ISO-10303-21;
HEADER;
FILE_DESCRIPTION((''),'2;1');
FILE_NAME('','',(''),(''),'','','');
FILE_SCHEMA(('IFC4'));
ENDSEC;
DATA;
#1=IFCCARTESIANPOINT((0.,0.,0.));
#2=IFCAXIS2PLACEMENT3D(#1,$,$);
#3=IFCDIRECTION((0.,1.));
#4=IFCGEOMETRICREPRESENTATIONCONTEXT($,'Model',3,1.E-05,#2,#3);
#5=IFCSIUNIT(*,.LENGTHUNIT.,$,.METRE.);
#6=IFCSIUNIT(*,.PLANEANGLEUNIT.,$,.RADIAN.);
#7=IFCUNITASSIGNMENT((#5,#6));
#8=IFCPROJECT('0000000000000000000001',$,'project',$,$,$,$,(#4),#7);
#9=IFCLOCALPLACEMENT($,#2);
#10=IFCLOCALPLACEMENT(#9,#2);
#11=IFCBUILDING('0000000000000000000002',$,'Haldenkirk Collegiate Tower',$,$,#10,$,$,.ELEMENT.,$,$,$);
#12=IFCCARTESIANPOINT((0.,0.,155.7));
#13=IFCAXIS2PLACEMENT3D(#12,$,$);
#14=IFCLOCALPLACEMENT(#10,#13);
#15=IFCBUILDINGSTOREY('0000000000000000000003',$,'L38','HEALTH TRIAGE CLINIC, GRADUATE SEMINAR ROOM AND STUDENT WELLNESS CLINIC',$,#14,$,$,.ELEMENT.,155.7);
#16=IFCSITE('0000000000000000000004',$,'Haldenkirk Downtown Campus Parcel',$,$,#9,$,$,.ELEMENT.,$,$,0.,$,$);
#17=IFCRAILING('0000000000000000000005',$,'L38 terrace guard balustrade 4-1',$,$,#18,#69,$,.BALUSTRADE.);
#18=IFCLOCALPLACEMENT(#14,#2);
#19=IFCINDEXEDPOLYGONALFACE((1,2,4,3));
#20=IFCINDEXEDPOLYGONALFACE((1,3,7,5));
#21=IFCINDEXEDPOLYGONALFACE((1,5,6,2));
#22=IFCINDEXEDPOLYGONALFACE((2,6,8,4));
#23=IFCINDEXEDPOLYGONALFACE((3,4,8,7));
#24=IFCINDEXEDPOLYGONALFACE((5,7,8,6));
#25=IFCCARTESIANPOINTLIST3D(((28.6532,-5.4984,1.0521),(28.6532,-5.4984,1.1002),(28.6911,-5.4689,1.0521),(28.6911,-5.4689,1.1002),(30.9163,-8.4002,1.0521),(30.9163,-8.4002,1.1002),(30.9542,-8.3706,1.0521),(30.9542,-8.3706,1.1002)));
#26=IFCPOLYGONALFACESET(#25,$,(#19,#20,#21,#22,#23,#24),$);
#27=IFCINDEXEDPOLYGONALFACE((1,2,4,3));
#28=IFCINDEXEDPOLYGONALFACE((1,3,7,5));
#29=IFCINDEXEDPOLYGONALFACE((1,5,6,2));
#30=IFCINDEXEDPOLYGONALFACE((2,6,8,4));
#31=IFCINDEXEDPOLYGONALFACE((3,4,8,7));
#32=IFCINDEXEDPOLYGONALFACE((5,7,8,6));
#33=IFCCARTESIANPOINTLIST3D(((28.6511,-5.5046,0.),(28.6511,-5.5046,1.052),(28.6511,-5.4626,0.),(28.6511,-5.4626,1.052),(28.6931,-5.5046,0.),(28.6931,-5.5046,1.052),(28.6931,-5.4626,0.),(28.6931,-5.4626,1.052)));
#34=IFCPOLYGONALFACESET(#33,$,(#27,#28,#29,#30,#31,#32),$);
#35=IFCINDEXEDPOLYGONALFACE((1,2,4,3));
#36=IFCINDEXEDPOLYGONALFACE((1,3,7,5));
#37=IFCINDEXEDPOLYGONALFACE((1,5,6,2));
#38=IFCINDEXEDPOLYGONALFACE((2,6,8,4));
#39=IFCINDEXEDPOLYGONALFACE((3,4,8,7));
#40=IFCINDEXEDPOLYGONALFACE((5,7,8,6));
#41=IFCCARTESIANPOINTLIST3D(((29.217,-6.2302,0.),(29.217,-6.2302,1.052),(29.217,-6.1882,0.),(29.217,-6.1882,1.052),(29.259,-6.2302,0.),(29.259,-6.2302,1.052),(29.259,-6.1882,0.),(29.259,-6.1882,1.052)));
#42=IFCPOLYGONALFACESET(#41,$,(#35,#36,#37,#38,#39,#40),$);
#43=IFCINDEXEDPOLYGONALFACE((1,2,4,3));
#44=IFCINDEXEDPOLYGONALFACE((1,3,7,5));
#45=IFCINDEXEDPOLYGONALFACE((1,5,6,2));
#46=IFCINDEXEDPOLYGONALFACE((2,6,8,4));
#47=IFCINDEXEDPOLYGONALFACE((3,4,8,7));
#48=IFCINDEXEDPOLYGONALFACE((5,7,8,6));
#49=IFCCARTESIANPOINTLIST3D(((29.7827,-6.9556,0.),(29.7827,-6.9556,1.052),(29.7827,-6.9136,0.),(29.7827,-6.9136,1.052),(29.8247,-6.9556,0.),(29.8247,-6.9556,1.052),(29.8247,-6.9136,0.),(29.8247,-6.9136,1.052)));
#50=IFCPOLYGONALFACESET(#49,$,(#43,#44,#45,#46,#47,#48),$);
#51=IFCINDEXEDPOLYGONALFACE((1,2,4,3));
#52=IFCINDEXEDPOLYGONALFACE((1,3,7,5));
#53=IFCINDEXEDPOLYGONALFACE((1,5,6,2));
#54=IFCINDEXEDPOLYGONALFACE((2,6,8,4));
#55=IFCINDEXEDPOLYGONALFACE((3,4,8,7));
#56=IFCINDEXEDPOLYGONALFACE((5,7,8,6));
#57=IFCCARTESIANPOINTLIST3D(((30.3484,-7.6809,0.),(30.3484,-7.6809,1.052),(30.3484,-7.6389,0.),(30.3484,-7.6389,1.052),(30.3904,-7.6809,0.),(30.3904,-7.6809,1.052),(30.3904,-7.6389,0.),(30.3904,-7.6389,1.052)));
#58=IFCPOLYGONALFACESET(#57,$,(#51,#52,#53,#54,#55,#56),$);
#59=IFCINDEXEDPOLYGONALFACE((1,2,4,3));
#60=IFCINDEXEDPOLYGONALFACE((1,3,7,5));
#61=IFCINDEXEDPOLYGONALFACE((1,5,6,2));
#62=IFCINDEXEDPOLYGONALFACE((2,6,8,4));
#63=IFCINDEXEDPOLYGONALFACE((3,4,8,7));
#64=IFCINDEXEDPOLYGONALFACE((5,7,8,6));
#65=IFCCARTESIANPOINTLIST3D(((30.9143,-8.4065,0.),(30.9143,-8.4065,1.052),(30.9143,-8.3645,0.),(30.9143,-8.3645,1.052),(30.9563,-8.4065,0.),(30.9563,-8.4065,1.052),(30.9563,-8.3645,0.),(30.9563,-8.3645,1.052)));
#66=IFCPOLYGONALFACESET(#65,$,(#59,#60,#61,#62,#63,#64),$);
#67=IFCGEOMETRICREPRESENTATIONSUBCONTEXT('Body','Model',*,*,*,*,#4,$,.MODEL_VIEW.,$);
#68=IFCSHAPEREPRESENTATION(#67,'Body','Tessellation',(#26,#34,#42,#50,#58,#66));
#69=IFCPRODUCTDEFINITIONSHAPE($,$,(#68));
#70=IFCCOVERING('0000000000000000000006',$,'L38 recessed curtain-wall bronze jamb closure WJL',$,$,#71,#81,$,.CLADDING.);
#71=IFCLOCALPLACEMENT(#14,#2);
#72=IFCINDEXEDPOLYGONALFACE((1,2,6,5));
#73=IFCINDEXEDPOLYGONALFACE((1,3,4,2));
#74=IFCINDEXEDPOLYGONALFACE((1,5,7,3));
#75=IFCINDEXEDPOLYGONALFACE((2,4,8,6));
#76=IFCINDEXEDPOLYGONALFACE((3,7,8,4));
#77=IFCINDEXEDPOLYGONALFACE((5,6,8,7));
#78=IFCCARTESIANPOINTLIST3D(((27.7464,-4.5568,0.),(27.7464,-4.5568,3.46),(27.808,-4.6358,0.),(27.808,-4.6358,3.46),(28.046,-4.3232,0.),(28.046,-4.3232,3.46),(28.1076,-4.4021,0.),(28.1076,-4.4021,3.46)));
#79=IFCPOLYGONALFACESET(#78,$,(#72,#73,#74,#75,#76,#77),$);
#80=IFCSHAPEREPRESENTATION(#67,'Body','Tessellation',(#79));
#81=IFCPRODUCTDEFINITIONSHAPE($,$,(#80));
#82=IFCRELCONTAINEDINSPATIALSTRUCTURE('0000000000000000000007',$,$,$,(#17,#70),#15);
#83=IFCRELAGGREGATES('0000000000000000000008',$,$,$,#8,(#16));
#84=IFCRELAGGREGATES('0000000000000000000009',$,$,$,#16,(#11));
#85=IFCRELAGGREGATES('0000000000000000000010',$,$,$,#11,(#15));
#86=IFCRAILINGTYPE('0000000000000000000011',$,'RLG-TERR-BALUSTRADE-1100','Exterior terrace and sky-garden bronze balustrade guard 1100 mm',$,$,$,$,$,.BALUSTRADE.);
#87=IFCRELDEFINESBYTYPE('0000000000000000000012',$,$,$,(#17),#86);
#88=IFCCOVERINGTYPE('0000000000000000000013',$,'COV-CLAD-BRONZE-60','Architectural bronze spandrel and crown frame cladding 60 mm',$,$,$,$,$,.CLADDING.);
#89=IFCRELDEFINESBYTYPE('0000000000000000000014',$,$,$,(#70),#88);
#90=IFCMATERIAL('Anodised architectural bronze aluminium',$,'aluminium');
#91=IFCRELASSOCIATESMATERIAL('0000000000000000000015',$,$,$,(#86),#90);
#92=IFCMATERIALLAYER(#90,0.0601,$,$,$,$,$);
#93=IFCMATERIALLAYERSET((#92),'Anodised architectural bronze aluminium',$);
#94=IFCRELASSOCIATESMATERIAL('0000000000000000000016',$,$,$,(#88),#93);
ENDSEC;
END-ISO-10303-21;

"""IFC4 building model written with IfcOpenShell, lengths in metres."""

from ifc_helpers import new_model, si_unit, direction, frame, origin, origin_2d, place, context, subcontext, project, spatial, rectangle, extrude, source, transform, mapped, material, layer, layer_set, type_object, element, save


model = new_model("IFC4")

# Units and contexts
model_context = context("Model", 3, precision=1e-05, world=origin(), true_north=direction((0.0, 1.0)))
body_context = subcontext(model_context, "Body", "Model", "MODEL_VIEW")
ifc_project = project(units=[si_unit("LENGTHUNIT", "METRE"), si_unit("PLANEANGLEUNIT", "RADIAN")], contexts=[model_context])

# Site, building, storey
site_placement = place(None, origin())
site = spatial("IfcSite", under=ifc_project, at=site_placement, Name="Haldenkirk Downtown Campus Parcel", CompositionType="ELEMENT", RefElevation=0.0)
building_placement = place(site_placement, origin())
building = spatial("IfcBuilding", under=site, at=building_placement, Name="Haldenkirk Collegiate Tower", CompositionType="ELEMENT")
storey_placement = place(building_placement, frame((0.0, 0.0, 155.7)))
storey = spatial("IfcBuildingStorey", under=building, at=storey_placement, Name="L38", Description="HEALTH TRIAGE CLINIC, GRADUATE SEMINAR ROOM AND STUDENT WELLNESS CLINIC", CompositionType="ELEMENT", Elevation=155.7)

# Shared definitions
ifc_material_1 = material(Name="Anodised architectural bronze aluminium", Category="aluminium")

# Railing
railing_type = type_object("IfcRailingType", Name="RLG-TERR-BALUSTRADE-1100", Description="Exterior terrace and sky-garden bronze balustrade guard 1100 mm", PredefinedType="BALUSTRADE", material=ifc_material_1)
railing_1_placement = place(storey_placement, frame((28.6721, -5.4836, 0.0)))
element("IfcRailing", 1, at=railing_1_placement, inside=storey, type_object=railing_type, Name="L38 terrace guard balustrade 4-1", PredefinedType="BALUSTRADE", context=body_context, shape_type="SweptSolid", body=[
    extrude(rectangle(XDim=0.0481, YDim=0.0481, at=origin_2d()), frame((0.0, 0.0, 1.0762), z_axis=(0.614987, -0.788537, 0.0), x_axis=(0.788537, 0.614987, 0.0)), (0.0, 0.0, 1.0), 3.6799),
    extrude(rectangle(XDim=0.042, YDim=0.042, at=origin_2d()), origin(), (0.0, 0.0, 1.0), 1.052),
    extrude(rectangle(XDim=0.042, YDim=0.042, at=origin_2d()), frame((0.5659, -0.7256, 0.0)), (0.0, 0.0, 1.0), 1.052),
    extrude(rectangle(XDim=0.042, YDim=0.042, at=origin_2d()), frame((1.1316, -1.4509, 0.0)), (0.0, 0.0, 1.0), 1.052),
    extrude(rectangle(XDim=0.042, YDim=0.042, at=origin_2d()), frame((1.6973, -2.1763, 0.0)), (0.0, 0.0, 1.0), 1.052),
    extrude(rectangle(XDim=0.042, YDim=0.042, at=origin_2d()), frame((2.2632, -2.9019, 0.0)), (0.0, 0.0, 1.0), 1.052),
])

# Covering
ifc_layer_1 = layer(ifc_material_1, 0.0601)
ifc_layer_set_1 = layer_set([ifc_layer_1], Name="Anodised architectural bronze aluminium")
covering_type = type_object("IfcCoveringType", Name="COV-CLAD-BRONZE-60", Description="Architectural bronze spandrel and crown frame cladding 60 mm", PredefinedType="CLADDING", material=ifc_layer_set_1)
shared_shape_1 = source(origin(), body_context, "Body", "SweptSolid", [
    extrude(rectangle(XDim=0.1001, YDim=0.3799, at=origin_2d()), origin(), (0.0, 0.0, 1.0), 3.46),
])
covering_placement = place(storey_placement, frame((27.927, -4.4795, 0.0), z_axis=(0.0, 0.0, 1.0), x_axis=(-0.614974, 0.788548, 0.0)))
element("IfcCovering", 2, at=covering_placement, inside=storey, type_object=covering_type, Name="L38 recessed curtain-wall bronze jamb closure WJL", PredefinedType="CLADDING", context=body_context, shape_type="MappedRepresentation", body=[
    mapped(shared_shape_1, transform((0.0, 0.0, 0.0), x_axis=(1.0, 0.0, 0.0), y_axis=(0.0, 1.0, 0.0), z_axis=(0.0, 0.0, 1.0), scale=1.0)),
])

save(model, "model.ifc")
